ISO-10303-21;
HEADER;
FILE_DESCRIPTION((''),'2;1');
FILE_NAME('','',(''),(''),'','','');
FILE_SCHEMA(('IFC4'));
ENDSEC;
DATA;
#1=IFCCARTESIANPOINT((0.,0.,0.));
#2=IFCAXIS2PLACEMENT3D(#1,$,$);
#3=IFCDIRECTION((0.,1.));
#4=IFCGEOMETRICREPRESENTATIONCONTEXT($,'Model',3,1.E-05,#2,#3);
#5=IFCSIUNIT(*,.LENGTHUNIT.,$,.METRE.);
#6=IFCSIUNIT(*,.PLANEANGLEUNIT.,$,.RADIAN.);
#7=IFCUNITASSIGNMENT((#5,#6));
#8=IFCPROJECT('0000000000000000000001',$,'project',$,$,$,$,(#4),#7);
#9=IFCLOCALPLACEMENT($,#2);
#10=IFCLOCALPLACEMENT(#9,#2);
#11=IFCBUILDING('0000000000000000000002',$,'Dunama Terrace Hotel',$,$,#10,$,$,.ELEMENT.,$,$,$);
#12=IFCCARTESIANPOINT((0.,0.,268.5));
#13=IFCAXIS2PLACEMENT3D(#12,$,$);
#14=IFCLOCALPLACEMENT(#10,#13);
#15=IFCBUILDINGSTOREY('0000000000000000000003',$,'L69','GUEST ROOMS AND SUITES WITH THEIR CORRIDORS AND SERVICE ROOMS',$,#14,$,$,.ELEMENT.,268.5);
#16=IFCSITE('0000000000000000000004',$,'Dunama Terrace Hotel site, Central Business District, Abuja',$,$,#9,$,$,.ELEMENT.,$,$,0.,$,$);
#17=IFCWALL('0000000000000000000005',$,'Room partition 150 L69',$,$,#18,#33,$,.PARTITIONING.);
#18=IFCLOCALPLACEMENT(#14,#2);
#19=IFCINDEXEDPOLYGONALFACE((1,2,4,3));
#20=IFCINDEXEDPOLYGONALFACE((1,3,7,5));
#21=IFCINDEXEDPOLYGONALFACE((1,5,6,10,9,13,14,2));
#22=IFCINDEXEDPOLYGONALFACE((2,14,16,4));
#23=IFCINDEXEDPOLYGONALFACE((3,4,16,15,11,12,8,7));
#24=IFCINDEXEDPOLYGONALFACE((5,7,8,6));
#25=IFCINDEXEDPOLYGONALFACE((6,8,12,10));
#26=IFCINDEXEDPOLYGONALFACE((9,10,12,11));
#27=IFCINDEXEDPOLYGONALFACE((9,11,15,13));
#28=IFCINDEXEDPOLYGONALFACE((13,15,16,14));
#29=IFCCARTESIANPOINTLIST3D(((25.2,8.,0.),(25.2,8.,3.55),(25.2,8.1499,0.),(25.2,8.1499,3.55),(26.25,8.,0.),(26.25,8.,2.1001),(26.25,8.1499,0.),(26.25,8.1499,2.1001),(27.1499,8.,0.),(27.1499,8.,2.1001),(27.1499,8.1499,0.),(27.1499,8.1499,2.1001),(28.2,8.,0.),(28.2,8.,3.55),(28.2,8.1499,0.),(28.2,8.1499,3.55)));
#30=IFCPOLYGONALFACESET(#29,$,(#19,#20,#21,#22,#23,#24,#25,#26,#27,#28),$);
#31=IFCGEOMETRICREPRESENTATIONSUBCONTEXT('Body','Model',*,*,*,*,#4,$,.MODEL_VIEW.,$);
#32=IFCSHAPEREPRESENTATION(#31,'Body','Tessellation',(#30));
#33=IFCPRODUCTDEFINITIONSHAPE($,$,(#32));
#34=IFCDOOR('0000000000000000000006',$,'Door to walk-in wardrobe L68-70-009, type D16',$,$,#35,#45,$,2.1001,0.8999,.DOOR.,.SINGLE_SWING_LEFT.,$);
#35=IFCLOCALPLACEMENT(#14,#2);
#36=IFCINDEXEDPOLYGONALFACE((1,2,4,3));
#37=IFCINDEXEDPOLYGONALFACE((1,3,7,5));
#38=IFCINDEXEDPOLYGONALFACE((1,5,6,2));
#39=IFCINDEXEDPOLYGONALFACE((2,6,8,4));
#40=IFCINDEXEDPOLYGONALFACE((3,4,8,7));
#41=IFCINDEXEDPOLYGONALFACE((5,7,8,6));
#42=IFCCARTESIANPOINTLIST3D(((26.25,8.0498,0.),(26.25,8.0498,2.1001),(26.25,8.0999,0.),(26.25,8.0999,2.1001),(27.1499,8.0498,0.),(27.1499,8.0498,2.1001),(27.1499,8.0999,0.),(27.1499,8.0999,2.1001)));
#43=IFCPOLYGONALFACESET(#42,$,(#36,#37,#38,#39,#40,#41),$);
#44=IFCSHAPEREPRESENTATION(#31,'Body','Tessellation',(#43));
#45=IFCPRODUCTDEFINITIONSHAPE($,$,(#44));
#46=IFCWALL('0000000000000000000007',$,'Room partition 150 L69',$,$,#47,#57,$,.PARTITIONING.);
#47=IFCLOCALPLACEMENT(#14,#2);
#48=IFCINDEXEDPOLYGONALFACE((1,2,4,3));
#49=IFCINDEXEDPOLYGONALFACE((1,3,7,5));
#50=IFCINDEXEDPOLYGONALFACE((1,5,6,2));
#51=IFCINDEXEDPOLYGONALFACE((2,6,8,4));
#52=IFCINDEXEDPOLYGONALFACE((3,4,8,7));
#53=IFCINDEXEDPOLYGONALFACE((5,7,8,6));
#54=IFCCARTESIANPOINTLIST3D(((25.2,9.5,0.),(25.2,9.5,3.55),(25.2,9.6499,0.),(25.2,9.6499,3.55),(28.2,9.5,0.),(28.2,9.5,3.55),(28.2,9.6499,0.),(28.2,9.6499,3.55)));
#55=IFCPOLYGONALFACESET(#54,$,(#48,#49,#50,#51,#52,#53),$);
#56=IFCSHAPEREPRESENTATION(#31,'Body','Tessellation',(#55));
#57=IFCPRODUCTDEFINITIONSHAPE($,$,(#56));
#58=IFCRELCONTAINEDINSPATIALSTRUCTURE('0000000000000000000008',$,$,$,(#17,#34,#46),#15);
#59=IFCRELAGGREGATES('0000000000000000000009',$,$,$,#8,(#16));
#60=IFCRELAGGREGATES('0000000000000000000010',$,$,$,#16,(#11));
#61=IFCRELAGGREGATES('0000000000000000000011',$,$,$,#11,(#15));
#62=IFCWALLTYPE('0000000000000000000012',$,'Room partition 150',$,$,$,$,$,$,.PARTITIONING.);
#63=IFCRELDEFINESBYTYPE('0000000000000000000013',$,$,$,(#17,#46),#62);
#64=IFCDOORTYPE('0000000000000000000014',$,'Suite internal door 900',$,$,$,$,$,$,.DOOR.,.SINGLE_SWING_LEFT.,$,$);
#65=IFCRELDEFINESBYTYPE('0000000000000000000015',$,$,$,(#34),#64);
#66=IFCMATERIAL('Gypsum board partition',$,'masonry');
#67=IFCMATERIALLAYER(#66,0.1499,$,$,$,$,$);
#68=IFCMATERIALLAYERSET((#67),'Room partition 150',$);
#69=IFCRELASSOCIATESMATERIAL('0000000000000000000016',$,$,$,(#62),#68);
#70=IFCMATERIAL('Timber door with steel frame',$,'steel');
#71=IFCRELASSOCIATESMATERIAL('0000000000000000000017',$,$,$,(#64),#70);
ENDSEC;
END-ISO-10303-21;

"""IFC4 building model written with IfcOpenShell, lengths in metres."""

from ifc_helpers import new_model, si_unit, direction, frame, frame_2d, origin, place, context, subcontext, project, spatial, rectangle, extrude, material, layer, layer_set, type_object, element, fill, save


model = new_model("IFC4")

# Units and contexts
model_context = context("Model", 3, precision=1e-05, world=origin(), true_north=direction((0.0, 1.0)))
body_context = subcontext(model_context, "Body", "Model", "MODEL_VIEW")
ifc_project = project(units=[si_unit("LENGTHUNIT", "METRE"), si_unit("PLANEANGLEUNIT", "RADIAN")], contexts=[model_context])

# Site, building, storey
site_placement = place(None, origin())
site = spatial("IfcSite", under=ifc_project, at=site_placement, Name="Dunama Terrace Hotel site, Central Business District, Abuja", CompositionType="ELEMENT", RefElevation=0.0)
building_placement = place(site_placement, origin())
building = spatial("IfcBuilding", under=site, at=building_placement, Name="Dunama Terrace Hotel", CompositionType="ELEMENT")
storey_placement = place(building_placement, frame((0.0, 0.0, 268.5)))
storey = spatial("IfcBuildingStorey", under=building, at=storey_placement, Name="L69", Description="GUEST ROOMS AND SUITES WITH THEIR CORRIDORS AND SERVICE ROOMS", CompositionType="ELEMENT", Elevation=268.5)

# Shared definitions
ifc_material_1 = material(Name="Gypsum board partition", Category="masonry")
ifc_layer_1 = layer(ifc_material_1, 0.1499)
ifc_layer_set_1 = layer_set([ifc_layer_1], Name="Room partition 150")
wall_type_1 = type_object("IfcWallType", Name="Room partition 150", PredefinedType="PARTITIONING", material=ifc_layer_set_1)
ifc_material_2 = material(Name="Timber door with steel frame", Category="steel")
door_type_1 = type_object("IfcDoorType", Name="Suite internal door 900", OperationType="SINGLE_SWING_LEFT", PredefinedType="DOOR", material=ifc_material_2)

# Wall, opening, door
wall_1_placement = place(storey_placement, frame((25.2, 8.075, 0.0), z_axis=(0.0, 0.0, 1.0), x_axis=(1.0, 0.0, 0.0)))
wall_1 = element("IfcWall", 1, at=wall_1_placement, inside=storey, type_object=wall_type_1, Name="Room partition 150 L69", PredefinedType="PARTITIONING", context=body_context, shape_type="SweptSolid", body=[
    extrude(rectangle(XDim=3.0, YDim=0.1499, at=frame_2d((1.5, 0.0))), origin(), (0.0, 0.0, 1.0), 3.55),
])
opening_1_placement = place(wall_1_placement, frame((1.05, 0.0, 0.0)))
opening_1 = element("IfcOpeningElement", 2, at=opening_1_placement, cuts=wall_1, PredefinedType="OPENING", context=body_context, shape_type="SweptSolid", body=[
    extrude(rectangle(XDim=0.8999, YDim=2.1001, at=frame_2d((0.45, 1.05))), frame((0.0, 0.085, 0.0), z_axis=(0.0, -1.0, 0.0), x_axis=(1.0, 0.0, 0.0)), (0.0, 0.0, 1.0), 0.1699),
])
door_1_placement = place(opening_1_placement, origin())
door_1 = element("IfcDoor", 3, at=door_1_placement, inside=storey, type_object=door_type_1, Name="Door to walk-in wardrobe L68-70-009, type D16", OperationType="SINGLE_SWING_LEFT", OverallHeight=2.1001, OverallWidth=0.8999, PredefinedType="DOOR", context=body_context, shape_type="SweptSolid", body=[
    extrude(rectangle(XDim=0.8999, YDim=2.1001, at=frame_2d((0.45, 1.05))), frame((0.0, 0.0249, 0.0), z_axis=(0.0, -1.0, 0.0), x_axis=(1.0, 0.0, 0.0)), (0.0, 0.0, 1.0), 0.05),
])
fill(opening_1, door_1)

# Wall
wall_2_placement = place(storey_placement, frame((25.2, 9.575, 0.0), z_axis=(0.0, 0.0, 1.0), x_axis=(1.0, 0.0, 0.0)))
element("IfcWall", 4, at=wall_2_placement, inside=storey, type_object=wall_type_1, Name="Room partition 150 L69", PredefinedType="PARTITIONING", context=body_context, shape_type="SweptSolid", body=[
    extrude(rectangle(XDim=3.0, YDim=0.1499, at=frame_2d((1.5, 0.0))), origin(), (0.0, 0.0, 1.0), 3.55),
])

save(model, "model.ifc")
